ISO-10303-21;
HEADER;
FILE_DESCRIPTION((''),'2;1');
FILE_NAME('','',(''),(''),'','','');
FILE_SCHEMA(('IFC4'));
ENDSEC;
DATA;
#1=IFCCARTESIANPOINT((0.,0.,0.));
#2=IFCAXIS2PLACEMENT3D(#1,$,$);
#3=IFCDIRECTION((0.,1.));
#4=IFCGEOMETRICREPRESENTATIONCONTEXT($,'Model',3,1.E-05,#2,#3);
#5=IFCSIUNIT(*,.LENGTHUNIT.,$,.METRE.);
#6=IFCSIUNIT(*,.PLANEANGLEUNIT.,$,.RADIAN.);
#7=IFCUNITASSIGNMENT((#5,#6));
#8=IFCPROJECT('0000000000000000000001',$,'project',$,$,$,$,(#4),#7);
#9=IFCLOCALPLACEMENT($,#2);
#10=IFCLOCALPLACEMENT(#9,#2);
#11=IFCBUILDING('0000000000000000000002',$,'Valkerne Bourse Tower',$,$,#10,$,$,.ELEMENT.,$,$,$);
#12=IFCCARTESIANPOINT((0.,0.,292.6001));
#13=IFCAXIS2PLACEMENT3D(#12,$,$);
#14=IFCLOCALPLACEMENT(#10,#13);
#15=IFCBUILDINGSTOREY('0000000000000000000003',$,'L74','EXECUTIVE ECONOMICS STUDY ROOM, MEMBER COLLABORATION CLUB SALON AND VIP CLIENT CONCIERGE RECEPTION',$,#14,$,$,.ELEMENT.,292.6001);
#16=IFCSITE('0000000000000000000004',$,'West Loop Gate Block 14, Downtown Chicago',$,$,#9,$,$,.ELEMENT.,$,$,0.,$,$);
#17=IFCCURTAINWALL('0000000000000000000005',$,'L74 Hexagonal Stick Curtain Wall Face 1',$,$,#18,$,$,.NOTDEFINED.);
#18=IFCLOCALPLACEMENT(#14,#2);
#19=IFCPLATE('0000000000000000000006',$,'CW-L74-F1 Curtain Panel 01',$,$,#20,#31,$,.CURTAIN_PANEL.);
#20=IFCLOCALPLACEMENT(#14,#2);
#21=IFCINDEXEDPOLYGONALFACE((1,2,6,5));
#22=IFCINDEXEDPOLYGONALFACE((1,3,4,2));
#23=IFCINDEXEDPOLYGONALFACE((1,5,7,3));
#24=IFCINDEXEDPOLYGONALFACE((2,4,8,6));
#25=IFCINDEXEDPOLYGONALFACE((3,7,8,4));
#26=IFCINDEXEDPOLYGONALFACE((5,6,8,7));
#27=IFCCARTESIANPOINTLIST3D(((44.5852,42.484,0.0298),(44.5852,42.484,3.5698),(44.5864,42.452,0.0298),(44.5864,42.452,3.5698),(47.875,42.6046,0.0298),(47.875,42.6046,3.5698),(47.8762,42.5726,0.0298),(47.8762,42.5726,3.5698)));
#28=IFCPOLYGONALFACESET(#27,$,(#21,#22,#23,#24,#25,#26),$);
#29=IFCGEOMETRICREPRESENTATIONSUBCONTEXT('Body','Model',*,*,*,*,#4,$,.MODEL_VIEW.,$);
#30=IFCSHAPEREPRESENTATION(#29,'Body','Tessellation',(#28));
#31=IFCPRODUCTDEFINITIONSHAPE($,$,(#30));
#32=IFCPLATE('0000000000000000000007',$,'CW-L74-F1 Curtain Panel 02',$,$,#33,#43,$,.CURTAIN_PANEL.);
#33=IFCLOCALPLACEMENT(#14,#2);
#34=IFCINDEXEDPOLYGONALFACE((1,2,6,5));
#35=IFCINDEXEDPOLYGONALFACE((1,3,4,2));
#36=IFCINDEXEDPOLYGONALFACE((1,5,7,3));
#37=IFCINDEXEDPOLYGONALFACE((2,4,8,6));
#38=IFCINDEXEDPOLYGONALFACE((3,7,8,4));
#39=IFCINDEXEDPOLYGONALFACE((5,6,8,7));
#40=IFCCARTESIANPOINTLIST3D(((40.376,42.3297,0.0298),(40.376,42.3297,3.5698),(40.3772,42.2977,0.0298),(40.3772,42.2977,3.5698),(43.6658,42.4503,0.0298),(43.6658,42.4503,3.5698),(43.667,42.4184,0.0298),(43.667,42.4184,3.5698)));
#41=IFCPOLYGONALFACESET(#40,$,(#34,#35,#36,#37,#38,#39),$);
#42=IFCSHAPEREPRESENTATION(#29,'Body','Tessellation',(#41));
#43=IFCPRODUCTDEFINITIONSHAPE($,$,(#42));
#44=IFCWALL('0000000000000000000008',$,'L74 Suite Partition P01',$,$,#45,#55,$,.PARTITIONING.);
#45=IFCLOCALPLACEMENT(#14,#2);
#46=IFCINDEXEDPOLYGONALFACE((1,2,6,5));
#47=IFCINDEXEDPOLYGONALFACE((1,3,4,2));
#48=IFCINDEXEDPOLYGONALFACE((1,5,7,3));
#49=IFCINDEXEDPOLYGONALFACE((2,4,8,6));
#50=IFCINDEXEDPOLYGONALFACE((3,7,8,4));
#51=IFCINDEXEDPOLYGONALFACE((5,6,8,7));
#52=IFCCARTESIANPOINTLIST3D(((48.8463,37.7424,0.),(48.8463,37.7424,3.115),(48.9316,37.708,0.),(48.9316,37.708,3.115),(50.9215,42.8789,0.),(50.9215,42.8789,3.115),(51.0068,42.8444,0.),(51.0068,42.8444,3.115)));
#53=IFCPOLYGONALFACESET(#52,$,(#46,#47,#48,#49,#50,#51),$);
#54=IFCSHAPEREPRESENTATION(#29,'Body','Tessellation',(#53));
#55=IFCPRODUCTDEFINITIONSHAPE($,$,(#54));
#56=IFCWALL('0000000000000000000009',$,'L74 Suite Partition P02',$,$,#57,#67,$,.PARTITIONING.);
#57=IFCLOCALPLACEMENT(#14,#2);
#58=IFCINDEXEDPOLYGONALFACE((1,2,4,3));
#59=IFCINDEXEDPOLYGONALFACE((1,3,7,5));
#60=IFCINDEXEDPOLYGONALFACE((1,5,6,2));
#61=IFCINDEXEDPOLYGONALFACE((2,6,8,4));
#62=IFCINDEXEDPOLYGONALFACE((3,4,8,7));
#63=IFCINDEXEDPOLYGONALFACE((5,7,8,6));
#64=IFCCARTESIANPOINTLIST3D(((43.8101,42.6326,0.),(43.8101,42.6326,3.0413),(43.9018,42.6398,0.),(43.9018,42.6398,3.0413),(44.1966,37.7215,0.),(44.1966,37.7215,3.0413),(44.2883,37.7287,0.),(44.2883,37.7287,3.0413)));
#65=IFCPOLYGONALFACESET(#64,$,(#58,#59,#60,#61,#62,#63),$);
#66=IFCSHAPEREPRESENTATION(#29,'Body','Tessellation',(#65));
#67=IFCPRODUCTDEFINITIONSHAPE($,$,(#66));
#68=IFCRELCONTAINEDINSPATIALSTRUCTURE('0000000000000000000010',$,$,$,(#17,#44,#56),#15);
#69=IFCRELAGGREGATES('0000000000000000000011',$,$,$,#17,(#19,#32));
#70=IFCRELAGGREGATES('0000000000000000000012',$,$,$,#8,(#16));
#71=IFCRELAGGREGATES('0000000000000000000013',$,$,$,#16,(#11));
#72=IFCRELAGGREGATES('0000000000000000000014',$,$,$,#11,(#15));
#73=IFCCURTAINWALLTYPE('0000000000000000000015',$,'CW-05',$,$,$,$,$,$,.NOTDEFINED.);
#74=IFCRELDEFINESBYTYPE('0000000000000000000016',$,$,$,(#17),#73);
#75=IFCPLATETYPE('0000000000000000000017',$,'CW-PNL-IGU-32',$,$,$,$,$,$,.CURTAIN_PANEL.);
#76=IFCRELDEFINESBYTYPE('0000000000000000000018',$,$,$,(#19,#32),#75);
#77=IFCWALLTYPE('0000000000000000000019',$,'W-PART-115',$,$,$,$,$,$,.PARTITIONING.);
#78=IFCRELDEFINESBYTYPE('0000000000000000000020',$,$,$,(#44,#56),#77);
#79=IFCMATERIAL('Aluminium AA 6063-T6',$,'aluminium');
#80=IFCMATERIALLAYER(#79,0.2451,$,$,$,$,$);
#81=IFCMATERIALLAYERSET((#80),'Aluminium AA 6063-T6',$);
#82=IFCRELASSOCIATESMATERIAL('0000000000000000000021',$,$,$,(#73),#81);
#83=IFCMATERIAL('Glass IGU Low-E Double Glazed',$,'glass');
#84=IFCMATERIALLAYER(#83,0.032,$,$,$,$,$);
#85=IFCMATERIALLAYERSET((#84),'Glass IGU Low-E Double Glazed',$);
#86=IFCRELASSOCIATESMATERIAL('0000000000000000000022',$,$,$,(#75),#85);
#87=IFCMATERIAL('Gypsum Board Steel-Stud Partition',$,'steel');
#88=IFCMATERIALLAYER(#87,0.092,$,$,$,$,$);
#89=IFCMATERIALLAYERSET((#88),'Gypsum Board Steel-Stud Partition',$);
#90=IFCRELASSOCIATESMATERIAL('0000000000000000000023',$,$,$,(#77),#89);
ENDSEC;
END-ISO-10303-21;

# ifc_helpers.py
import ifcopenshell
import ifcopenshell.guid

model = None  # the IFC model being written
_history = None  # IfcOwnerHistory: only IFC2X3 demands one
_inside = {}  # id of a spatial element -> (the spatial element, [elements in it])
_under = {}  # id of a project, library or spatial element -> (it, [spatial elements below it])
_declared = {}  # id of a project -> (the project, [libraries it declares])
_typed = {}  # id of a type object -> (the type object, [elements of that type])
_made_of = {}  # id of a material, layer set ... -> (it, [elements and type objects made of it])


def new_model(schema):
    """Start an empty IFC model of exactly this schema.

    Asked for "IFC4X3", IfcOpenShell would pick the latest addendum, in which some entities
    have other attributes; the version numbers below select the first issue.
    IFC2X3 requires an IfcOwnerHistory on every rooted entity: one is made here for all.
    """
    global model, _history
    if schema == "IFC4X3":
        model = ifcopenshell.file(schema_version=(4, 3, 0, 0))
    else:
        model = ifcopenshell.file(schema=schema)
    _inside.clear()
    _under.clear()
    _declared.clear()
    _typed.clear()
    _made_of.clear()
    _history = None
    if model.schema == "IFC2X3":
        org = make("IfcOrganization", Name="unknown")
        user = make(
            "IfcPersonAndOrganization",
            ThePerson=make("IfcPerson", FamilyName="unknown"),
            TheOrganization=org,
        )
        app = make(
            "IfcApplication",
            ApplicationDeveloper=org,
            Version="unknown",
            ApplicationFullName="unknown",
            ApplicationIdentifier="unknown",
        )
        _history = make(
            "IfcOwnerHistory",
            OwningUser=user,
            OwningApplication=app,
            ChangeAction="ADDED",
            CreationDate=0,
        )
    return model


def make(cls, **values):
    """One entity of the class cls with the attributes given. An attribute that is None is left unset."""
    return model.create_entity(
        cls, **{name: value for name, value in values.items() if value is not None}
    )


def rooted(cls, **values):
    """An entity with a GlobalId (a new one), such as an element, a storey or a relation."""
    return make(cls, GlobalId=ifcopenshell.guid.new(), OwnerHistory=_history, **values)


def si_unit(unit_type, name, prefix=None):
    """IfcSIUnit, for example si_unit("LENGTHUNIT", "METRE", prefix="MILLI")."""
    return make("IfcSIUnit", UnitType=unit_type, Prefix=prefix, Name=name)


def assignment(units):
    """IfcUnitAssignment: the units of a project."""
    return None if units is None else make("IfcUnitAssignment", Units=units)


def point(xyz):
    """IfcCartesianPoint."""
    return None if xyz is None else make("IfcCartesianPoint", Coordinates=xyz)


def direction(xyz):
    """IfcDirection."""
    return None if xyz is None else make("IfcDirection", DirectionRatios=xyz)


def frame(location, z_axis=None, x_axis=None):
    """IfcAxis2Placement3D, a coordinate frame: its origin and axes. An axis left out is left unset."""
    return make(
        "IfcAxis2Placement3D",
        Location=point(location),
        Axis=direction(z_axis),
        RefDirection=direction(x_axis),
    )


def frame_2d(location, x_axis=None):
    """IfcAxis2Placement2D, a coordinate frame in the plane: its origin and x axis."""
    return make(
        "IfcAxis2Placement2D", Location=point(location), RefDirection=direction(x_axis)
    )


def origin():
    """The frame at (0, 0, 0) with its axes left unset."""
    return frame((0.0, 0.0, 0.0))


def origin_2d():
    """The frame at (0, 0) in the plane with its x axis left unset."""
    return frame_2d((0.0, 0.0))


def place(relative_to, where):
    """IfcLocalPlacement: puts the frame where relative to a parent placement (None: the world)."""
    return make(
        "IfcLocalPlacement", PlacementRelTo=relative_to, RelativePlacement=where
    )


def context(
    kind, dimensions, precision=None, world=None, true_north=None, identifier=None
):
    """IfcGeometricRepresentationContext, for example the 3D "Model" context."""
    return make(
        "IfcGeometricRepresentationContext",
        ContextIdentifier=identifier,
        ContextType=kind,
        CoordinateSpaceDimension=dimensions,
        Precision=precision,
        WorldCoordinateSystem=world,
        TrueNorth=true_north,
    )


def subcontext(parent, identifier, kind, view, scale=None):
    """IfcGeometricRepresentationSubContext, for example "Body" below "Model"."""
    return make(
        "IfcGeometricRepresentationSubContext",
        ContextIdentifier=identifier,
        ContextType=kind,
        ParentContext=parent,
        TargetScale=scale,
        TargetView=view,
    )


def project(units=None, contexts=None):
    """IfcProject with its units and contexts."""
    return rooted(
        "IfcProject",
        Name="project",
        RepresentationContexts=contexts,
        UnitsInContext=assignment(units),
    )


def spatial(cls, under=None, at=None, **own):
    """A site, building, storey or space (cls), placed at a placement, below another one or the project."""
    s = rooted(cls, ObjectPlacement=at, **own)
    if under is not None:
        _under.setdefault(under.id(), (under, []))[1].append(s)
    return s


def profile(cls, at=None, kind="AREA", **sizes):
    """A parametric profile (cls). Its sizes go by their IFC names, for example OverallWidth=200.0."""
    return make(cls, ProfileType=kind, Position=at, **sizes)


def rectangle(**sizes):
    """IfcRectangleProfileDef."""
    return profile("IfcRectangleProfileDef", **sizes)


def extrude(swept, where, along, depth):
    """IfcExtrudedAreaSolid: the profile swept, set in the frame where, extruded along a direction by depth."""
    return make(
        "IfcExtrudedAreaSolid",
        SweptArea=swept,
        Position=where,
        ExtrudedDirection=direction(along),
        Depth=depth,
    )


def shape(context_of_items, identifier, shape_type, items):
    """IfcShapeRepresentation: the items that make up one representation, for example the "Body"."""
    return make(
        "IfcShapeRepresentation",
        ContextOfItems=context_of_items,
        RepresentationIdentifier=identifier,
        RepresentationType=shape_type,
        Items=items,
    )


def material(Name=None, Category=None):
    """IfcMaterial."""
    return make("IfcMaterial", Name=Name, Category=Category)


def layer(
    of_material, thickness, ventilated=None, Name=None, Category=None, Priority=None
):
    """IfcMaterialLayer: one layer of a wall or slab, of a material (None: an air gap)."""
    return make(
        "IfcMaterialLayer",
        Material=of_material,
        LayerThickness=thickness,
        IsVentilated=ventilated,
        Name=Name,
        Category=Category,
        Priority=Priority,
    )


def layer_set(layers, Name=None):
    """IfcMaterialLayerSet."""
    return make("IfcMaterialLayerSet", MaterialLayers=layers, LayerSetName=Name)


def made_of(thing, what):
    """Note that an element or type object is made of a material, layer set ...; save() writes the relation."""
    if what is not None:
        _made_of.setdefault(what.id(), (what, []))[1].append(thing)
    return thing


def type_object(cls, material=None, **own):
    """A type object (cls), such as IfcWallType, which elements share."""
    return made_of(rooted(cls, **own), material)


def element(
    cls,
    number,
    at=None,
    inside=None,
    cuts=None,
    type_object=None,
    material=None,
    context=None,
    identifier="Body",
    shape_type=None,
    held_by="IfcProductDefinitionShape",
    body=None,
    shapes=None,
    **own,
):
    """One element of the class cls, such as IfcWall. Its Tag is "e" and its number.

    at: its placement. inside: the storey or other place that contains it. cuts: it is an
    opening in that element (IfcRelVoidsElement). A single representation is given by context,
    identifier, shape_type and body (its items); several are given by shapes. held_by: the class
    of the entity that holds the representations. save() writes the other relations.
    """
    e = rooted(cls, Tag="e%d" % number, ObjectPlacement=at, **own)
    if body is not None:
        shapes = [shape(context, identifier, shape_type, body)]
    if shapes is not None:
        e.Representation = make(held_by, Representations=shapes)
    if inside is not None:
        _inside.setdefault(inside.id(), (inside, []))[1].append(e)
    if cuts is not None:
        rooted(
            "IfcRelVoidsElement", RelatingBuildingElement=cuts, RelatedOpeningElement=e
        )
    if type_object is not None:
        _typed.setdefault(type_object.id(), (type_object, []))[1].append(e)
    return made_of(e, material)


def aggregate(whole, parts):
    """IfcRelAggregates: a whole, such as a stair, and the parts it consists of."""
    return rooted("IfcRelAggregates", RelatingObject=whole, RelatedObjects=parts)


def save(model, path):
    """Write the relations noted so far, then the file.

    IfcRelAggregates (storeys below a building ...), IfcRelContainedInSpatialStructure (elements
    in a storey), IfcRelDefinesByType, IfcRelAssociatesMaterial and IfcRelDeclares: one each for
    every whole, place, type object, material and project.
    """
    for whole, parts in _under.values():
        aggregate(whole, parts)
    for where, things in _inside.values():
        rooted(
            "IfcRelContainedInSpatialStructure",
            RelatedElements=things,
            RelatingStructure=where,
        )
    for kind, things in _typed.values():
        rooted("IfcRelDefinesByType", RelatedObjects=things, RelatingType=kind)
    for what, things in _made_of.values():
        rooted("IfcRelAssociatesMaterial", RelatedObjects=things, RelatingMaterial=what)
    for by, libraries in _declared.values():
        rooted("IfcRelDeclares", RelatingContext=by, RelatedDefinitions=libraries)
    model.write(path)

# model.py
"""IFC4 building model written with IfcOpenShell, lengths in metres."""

from ifc_helpers import new_model, si_unit, direction, frame, frame_2d, origin, origin_2d, place, context, subcontext, project, spatial, rectangle, extrude, material, layer, layer_set, type_object, element, aggregate, save


model = new_model("IFC4")

# Units and contexts
model_context = context("Model", 3, precision=1e-05, world=origin(), true_north=direction((0.0, 1.0)))
body_context = subcontext(model_context, "Body", "Model", "MODEL_VIEW")
ifc_project = project(units=[si_unit("LENGTHUNIT", "METRE"), si_unit("PLANEANGLEUNIT", "RADIAN")], contexts=[model_context])

# Site, building, storey
site_placement = place(None, origin())
site = spatial("IfcSite", under=ifc_project, at=site_placement, Name="West Loop Gate Block 14, Downtown Chicago", CompositionType="ELEMENT", RefElevation=0.0)
building_placement = place(site_placement, origin())
building = spatial("IfcBuilding", under=site, at=building_placement, Name="Valkerne Bourse Tower", CompositionType="ELEMENT")
storey_placement = place(building_placement, frame((0.0, 0.0, 292.6001)))
storey = spatial("IfcBuildingStorey", under=building, at=storey_placement, Name="L74", Description="EXECUTIVE ECONOMICS STUDY ROOM, MEMBER COLLABORATION CLUB SALON AND VIP CLIENT CONCIERGE RECEPTION", CompositionType="ELEMENT", Elevation=292.6001)

# Curtain wall
ifc_material_1 = material(Name="Aluminium AA 6063-T6", Category="aluminium")
ifc_layer_1 = layer(ifc_material_1, 0.2451)
ifc_layer_set_1 = layer_set([ifc_layer_1], Name="Aluminium AA 6063-T6")
curtain_wall_type = type_object("IfcCurtainWallType", Name="CW-05", PredefinedType="NOTDEFINED", material=ifc_layer_set_1)
curtain_wall_placement = place(storey_placement, origin())
curtain_wall = element("IfcCurtainWall", 1, at=curtain_wall_placement, inside=storey, type_object=curtain_wall_type, Name="L74 Hexagonal Stick Curtain Wall Face 1", PredefinedType="NOTDEFINED")

# Plates
ifc_material_2 = material(Name="Glass IGU Low-E Double Glazed", Category="glass")
ifc_layer_2 = layer(ifc_material_2, 0.032)
ifc_layer_set_2 = layer_set([ifc_layer_2], Name="Glass IGU Low-E Double Glazed")
plate_type = type_object("IfcPlateType", Name="CW-PNL-IGU-32", PredefinedType="CURTAIN_PANEL", material=ifc_layer_set_2)
plate_1_placement = place(storey_placement, frame((46.2307, 42.5283, 0.0298), z_axis=(0.0, 0.0, 1.0), x_axis=(-0.999329, -0.036634, 0.0)))
plate_1 = element("IfcPlate", 2, at=plate_1_placement, type_object=plate_type, Name="CW-L74-F1 Curtain Panel 01", PredefinedType="CURTAIN_PANEL", context=body_context, shape_type="SweptSolid", body=[
    extrude(rectangle(XDim=3.292, YDim=0.032, at=origin_2d()), origin(), (0.0, 0.0, 1.0), 3.54),
])
plate_2_placement = place(storey_placement, frame((42.0215, 42.374, 0.0298), z_axis=(0.0, 0.0, 1.0), x_axis=(-0.999328, -0.036657, 0.0)))
plate_2 = element("IfcPlate", 3, at=plate_2_placement, type_object=plate_type, Name="CW-L74-F1 Curtain Panel 02", PredefinedType="CURTAIN_PANEL", context=body_context, shape_type="SweptSolid", body=[
    extrude(rectangle(XDim=3.292, YDim=0.032, at=origin_2d()), origin(), (0.0, 0.0, 1.0), 3.54),
])
aggregate(curtain_wall, [plate_1, plate_2])

# Walls
ifc_material_3 = material(Name="Gypsum Board Steel-Stud Partition", Category="steel")
ifc_layer_3 = layer(ifc_material_3, 0.092)
ifc_layer_set_3 = layer_set([ifc_layer_3], Name="Gypsum Board Steel-Stud Partition")
wall_type = type_object("IfcWallType", Name="W-PART-115", PredefinedType="PARTITIONING", material=ifc_layer_set_3)
wall_1_placement = place(storey_placement, frame((48.8889, 37.7251, 0.0), z_axis=(0.0, 0.0, 1.0), x_axis=(0.374595, 0.927189, 0.0)))
element("IfcWall", 4, at=wall_1_placement, inside=storey, type_object=wall_type, Name="L74 Suite Partition P01", PredefinedType="PARTITIONING", context=body_context, shape_type="SweptSolid", body=[
    extrude(rectangle(XDim=5.5398, YDim=0.092, at=frame_2d((2.77, 0.0))), origin(), (0.0, 0.0, 1.0), 3.115),
])
wall_2_placement = place(storey_placement, frame((44.2424, 37.7251, 0.0), z_axis=(0.0, 0.0, 1.0), x_axis=(-0.078451, 0.996918, 0.0)))
element("IfcWall", 5, at=wall_2_placement, inside=storey, type_object=wall_type, Name="L74 Suite Partition P02", PredefinedType="PARTITIONING", context=body_context, shape_type="SweptSolid", body=[
    extrude(rectangle(XDim=4.9263, YDim=0.092, at=frame_2d((2.4631, 0.0))), origin(), (0.0, 0.0, 1.0), 3.0413),
])

save(model, "model.ifc")
